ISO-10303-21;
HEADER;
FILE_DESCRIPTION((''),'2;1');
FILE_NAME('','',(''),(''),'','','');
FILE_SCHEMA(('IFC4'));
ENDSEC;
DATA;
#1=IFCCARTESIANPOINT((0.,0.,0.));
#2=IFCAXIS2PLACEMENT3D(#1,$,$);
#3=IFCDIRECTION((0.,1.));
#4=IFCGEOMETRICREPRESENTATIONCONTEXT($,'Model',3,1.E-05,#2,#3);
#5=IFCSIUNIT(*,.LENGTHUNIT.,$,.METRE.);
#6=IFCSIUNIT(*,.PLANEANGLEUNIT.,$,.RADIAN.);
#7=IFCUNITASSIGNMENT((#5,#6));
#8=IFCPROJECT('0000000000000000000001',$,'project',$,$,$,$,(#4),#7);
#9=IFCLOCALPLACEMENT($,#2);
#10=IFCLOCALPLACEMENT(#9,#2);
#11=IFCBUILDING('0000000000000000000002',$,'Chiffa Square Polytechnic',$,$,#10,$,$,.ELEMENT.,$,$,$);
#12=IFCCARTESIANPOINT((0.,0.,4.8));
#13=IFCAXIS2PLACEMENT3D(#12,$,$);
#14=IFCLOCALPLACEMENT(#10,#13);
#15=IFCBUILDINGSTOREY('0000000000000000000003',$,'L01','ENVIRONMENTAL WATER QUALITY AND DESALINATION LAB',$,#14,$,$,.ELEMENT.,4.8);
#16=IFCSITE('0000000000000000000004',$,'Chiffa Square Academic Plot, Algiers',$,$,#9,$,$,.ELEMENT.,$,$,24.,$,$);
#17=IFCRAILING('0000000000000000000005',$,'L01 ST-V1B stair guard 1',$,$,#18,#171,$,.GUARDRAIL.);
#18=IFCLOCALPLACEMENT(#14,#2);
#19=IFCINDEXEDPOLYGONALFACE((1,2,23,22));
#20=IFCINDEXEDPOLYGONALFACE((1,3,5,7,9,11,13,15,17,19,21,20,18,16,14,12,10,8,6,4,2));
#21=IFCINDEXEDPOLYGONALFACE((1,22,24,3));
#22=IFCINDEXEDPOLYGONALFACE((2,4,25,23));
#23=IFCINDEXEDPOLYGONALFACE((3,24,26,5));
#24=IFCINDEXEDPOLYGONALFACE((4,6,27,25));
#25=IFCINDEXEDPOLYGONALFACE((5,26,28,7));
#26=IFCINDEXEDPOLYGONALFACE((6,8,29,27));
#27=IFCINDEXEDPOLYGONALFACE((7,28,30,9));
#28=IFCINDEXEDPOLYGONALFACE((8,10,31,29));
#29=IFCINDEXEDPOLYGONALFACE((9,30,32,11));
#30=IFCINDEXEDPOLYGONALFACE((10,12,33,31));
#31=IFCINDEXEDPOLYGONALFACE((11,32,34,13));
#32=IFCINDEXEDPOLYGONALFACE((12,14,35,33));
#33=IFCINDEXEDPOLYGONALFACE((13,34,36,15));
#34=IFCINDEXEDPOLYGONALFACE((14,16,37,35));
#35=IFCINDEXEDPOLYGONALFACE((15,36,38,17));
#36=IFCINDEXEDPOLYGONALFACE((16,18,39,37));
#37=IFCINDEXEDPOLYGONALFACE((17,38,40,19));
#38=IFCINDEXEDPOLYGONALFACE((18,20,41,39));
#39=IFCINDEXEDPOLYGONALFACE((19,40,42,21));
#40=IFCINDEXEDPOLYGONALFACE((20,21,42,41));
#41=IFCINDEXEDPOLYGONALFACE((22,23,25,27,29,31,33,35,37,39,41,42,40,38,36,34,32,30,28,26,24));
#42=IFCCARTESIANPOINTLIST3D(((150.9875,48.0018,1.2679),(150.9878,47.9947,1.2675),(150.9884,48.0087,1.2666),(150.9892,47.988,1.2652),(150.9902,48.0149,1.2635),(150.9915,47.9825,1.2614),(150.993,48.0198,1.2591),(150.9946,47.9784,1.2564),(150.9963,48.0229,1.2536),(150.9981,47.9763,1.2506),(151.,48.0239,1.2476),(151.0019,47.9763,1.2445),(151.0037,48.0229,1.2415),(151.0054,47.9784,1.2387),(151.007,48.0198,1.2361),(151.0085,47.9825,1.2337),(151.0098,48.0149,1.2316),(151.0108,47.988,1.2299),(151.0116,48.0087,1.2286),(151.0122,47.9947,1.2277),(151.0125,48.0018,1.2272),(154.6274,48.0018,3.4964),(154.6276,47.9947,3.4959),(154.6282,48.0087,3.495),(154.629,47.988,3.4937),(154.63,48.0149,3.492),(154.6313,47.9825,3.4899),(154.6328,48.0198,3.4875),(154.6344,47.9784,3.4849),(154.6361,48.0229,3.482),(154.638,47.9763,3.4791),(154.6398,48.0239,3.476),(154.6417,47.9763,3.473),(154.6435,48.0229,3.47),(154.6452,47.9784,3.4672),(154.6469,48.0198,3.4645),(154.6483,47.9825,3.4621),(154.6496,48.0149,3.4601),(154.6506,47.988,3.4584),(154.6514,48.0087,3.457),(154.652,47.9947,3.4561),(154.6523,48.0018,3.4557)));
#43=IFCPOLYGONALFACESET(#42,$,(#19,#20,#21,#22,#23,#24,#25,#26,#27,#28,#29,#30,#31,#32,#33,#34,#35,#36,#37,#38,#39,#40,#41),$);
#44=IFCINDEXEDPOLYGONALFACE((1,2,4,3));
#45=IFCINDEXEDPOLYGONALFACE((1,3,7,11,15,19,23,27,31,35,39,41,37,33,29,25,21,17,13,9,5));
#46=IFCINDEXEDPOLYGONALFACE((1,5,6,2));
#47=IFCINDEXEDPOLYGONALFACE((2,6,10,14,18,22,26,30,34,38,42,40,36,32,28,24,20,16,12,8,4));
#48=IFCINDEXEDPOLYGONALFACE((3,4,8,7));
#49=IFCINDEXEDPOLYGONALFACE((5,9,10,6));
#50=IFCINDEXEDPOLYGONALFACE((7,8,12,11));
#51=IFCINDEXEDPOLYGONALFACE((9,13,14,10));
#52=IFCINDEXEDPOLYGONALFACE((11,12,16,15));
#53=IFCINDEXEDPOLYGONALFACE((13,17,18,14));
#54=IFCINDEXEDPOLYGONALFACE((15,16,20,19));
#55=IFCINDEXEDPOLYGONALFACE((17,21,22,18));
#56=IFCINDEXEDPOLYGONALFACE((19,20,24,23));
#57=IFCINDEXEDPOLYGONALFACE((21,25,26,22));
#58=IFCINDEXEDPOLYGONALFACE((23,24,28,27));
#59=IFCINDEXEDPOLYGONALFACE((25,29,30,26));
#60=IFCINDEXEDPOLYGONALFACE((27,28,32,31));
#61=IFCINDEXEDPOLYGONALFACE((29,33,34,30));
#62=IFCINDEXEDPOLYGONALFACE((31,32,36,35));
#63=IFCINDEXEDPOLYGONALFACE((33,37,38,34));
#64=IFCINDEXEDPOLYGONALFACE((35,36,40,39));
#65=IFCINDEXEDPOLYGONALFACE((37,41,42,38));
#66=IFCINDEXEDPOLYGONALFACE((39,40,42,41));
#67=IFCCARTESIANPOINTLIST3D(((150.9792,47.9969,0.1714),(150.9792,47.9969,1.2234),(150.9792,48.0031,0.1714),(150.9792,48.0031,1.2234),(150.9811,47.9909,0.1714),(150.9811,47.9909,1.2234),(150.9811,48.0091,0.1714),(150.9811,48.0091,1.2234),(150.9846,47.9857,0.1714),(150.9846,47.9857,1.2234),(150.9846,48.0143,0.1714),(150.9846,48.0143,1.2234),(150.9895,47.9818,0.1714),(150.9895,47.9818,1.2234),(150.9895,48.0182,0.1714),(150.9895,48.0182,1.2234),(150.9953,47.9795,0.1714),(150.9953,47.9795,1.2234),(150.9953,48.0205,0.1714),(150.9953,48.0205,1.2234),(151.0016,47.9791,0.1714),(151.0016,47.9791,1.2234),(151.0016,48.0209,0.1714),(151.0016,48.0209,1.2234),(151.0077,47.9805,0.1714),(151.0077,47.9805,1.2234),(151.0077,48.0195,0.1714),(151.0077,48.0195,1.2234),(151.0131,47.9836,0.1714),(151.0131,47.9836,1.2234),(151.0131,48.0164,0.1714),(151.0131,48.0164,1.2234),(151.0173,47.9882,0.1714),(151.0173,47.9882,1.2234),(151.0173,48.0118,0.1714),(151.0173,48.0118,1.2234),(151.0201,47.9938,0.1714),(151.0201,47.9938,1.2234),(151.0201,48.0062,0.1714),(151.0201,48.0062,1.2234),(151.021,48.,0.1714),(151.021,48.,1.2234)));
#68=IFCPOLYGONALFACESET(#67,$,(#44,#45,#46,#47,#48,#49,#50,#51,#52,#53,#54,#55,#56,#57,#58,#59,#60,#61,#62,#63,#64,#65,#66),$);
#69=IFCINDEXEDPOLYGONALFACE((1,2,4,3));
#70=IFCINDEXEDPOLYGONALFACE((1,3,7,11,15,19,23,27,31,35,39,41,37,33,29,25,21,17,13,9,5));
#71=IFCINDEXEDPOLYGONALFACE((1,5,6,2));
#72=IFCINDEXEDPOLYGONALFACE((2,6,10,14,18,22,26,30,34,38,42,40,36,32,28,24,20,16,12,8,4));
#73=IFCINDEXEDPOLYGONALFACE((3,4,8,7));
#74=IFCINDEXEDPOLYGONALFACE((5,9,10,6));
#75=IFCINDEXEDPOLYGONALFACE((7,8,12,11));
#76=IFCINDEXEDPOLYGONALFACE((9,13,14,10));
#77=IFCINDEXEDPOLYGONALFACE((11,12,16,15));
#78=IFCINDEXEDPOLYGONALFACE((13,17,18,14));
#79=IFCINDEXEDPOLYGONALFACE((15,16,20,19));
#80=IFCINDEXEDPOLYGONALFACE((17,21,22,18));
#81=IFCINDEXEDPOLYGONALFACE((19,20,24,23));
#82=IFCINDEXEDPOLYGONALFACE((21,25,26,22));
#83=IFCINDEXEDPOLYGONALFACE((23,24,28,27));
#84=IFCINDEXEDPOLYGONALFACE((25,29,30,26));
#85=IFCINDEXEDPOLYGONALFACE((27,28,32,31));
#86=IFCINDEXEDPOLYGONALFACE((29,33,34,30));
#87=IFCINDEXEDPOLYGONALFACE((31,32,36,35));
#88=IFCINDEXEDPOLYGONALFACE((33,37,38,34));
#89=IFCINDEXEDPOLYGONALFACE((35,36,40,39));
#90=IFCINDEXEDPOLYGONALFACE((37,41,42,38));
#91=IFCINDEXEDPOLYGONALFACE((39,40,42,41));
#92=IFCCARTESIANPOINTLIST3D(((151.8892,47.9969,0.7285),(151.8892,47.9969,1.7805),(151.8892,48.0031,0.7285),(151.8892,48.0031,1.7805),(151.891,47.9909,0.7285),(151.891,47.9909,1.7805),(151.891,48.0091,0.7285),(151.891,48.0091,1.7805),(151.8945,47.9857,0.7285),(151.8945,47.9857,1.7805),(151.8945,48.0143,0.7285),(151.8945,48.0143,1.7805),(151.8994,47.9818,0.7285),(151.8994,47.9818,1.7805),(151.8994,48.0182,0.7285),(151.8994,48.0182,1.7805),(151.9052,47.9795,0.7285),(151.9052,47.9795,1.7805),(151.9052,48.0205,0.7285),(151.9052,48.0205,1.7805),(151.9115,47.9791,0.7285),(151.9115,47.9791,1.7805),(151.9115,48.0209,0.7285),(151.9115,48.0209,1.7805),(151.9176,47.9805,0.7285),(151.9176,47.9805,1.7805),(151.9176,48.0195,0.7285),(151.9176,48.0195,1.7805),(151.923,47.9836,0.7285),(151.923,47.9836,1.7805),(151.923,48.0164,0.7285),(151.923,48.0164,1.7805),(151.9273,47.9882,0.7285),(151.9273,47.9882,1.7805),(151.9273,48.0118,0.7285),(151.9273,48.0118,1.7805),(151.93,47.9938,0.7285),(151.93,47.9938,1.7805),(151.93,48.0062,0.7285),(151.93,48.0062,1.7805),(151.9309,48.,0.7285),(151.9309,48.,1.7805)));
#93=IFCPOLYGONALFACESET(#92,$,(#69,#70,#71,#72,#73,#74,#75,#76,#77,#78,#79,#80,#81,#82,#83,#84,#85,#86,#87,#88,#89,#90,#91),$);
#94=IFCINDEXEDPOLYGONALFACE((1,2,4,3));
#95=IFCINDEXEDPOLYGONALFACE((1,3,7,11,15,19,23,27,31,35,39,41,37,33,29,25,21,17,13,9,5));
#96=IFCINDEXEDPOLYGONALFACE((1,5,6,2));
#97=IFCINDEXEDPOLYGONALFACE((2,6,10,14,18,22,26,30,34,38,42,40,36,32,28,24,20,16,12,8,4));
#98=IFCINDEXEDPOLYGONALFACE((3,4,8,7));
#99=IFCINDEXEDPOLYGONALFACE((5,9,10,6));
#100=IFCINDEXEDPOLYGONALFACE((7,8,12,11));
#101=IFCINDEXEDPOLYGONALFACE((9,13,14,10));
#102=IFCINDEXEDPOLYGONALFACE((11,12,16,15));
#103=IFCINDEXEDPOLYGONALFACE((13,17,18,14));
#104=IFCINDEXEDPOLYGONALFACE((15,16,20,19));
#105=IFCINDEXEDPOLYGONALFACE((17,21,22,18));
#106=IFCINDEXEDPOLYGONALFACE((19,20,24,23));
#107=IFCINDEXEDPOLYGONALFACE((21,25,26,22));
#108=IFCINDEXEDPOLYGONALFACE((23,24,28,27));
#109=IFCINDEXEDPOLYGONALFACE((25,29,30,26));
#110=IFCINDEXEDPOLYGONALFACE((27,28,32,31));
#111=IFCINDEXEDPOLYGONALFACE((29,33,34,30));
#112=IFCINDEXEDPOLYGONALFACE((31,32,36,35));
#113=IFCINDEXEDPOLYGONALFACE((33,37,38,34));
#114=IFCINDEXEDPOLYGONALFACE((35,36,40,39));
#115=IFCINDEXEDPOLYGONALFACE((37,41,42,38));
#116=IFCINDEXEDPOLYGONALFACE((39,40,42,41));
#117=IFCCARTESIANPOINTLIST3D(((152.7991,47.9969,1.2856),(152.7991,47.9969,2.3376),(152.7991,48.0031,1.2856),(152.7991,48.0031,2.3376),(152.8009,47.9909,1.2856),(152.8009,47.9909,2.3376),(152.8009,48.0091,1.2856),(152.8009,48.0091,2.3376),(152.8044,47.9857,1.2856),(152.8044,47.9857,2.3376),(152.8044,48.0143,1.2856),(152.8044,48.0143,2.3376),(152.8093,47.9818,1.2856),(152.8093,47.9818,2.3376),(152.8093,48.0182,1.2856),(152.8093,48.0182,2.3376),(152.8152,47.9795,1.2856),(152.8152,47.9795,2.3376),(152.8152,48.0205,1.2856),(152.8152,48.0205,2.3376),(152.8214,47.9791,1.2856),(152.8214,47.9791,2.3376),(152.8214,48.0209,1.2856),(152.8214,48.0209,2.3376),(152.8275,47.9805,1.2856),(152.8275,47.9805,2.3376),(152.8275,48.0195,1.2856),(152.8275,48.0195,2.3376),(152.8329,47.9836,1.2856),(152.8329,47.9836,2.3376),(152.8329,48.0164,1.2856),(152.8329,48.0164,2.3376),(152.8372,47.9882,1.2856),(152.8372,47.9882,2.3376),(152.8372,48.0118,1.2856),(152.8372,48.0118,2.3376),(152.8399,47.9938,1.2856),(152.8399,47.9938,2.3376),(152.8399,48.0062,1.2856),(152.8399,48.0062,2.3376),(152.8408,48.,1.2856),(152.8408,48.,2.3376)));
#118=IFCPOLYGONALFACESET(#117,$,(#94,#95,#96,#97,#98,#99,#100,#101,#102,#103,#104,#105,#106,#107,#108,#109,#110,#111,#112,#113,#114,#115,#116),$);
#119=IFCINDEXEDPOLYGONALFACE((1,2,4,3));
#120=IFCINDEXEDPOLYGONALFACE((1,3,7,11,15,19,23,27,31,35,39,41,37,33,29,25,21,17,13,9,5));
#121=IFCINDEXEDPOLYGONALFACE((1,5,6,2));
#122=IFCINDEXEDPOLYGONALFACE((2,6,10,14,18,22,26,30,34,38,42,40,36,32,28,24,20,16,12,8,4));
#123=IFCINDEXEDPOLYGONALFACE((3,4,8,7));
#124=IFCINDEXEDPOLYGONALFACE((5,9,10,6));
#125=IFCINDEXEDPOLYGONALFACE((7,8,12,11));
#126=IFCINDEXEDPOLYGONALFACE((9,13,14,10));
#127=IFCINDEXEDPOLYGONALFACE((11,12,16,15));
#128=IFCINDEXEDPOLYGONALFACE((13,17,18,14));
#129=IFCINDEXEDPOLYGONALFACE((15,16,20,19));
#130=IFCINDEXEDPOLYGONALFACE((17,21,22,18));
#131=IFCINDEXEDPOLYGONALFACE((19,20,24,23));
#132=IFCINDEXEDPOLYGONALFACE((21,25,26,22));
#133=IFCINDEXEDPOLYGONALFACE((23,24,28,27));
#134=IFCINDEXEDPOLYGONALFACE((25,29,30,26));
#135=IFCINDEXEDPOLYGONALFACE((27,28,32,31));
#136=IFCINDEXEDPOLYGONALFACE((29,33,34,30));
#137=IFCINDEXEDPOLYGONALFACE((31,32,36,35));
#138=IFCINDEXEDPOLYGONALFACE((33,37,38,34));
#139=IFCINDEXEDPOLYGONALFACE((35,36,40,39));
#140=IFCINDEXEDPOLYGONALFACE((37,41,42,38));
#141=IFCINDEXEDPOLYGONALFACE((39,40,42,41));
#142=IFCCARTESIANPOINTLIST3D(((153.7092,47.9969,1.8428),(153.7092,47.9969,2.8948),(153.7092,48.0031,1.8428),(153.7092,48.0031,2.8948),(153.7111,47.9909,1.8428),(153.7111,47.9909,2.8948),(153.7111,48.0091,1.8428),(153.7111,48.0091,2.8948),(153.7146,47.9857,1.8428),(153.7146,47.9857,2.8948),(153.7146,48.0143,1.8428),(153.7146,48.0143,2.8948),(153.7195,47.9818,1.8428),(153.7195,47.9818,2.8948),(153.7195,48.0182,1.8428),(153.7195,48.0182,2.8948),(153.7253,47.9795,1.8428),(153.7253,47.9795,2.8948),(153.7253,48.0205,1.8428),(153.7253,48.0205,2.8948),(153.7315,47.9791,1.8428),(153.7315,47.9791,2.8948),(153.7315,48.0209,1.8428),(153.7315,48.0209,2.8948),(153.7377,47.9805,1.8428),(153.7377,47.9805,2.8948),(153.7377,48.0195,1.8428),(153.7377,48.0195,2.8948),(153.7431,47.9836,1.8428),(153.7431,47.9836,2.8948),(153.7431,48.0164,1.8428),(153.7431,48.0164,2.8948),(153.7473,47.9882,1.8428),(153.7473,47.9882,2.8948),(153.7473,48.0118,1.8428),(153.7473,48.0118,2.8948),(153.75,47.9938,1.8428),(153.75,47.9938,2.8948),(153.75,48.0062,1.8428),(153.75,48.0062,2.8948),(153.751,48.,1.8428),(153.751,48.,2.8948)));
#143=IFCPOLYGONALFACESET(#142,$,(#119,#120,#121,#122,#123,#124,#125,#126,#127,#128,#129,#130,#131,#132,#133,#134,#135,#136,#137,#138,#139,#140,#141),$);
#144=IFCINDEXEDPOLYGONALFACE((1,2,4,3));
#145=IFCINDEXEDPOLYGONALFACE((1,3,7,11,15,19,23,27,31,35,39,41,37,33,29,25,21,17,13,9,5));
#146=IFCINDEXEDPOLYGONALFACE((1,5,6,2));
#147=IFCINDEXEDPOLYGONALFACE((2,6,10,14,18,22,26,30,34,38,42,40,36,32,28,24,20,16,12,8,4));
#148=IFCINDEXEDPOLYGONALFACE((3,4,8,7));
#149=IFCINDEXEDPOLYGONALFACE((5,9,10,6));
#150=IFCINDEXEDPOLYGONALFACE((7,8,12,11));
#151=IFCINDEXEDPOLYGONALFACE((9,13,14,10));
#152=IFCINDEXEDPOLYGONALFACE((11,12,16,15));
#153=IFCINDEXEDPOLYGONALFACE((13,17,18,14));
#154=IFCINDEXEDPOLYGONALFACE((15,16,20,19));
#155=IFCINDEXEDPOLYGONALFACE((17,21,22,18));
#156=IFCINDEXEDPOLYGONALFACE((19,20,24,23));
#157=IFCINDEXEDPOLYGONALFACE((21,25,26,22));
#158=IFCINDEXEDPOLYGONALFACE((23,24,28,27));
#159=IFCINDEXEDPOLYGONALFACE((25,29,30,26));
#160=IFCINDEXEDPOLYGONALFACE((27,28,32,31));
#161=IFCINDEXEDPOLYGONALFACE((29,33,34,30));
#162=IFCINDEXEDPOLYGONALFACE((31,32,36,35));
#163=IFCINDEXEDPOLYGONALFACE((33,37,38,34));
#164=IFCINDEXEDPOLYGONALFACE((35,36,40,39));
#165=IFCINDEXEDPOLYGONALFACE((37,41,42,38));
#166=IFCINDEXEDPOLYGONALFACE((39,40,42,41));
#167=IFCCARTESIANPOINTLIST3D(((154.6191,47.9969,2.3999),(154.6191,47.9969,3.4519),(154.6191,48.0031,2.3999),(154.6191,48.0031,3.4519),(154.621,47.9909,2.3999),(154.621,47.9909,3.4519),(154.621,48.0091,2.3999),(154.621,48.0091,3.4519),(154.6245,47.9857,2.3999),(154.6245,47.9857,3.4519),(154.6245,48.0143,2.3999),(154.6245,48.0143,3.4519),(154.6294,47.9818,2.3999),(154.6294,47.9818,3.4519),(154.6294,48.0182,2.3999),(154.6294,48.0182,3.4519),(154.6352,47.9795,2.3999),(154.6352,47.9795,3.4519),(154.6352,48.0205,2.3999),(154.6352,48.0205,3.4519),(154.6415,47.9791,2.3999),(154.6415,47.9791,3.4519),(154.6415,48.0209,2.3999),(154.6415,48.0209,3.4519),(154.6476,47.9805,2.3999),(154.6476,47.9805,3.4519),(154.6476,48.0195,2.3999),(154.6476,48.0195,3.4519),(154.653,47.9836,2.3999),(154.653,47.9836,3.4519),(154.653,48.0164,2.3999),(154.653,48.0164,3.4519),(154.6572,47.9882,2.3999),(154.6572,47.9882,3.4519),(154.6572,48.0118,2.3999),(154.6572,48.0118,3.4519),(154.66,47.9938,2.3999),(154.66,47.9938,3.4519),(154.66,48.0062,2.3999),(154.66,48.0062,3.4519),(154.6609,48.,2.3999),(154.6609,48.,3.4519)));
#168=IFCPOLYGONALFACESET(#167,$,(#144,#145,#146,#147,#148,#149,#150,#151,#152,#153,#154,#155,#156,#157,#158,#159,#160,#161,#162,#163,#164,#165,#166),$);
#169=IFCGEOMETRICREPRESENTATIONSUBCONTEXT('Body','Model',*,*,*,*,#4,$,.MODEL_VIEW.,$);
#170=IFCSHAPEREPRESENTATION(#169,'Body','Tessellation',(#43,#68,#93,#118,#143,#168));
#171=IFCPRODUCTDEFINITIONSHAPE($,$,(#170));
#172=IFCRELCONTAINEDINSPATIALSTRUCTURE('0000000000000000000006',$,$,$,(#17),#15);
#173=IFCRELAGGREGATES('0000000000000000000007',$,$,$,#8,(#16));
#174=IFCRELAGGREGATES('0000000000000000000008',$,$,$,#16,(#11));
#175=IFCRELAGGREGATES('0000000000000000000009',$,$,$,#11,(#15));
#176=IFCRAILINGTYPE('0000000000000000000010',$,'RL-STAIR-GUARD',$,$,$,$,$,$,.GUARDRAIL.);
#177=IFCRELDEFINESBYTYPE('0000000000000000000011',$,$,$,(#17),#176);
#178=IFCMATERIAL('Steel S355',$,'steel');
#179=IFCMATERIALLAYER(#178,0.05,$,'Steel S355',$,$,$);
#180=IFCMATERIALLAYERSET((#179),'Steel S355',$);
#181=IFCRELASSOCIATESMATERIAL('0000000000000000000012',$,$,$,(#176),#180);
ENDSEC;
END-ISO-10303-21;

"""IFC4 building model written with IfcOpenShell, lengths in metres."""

from ifc_helpers import new_model, si_unit, direction, frame, origin, origin_2d, place, context, subcontext, project, spatial, circle, extrude, material, layer, layer_set, type_object, element, save


model = new_model("IFC4")

# Units and contexts
model_context = context("Model", 3, precision=1e-05, world=origin(), true_north=direction((0.0, 1.0)))
body_context = subcontext(model_context, "Body", "Model", "MODEL_VIEW")
ifc_project = project(units=[si_unit("LENGTHUNIT", "METRE"), si_unit("PLANEANGLEUNIT", "RADIAN")], contexts=[model_context])

# Site, building, storey
site_placement = place(None, origin())
site = spatial("IfcSite", under=ifc_project, at=site_placement, Name="Chiffa Square Academic Plot, Algiers", CompositionType="ELEMENT", RefElevation=24.0)
building_placement = place(site_placement, origin())
building = spatial("IfcBuilding", under=site, at=building_placement, Name="Chiffa Square Polytechnic", CompositionType="ELEMENT")
storey_placement = place(building_placement, frame((0.0, 0.0, 4.8)))
storey = spatial("IfcBuildingStorey", under=building, at=storey_placement, Name="L01", Description="ENVIRONMENTAL WATER QUALITY AND DESALINATION LAB", CompositionType="ELEMENT", Elevation=4.8)

# Railing
ifc_material_1 = material(Name="Steel S355", Category="steel")
ifc_layer_1 = layer(ifc_material_1, 0.05, Name="Steel S355")
ifc_layer_set_1 = layer_set([ifc_layer_1], Name="Steel S355")
railing_type_1 = type_object("IfcRailingType", Name="RL-STAIR-GUARD", PredefinedType="GUARDRAIL", material=ifc_layer_set_1)
railing_1_placement = place(storey_placement, frame((151.0, 48.0, 0.1714)))
element("IfcRailing", 1, at=railing_1_placement, inside=storey, type_object=railing_type_1, Name="L01 ST-V1B stair guard 1", PredefinedType="GUARDRAIL", context=body_context, shape_type="SweptSolid", body=[
    extrude(circle(Radius=0.0239, at=origin_2d()), frame((0.0, 0.0, 1.0762), z_axis=(0.85285, 0.0, 0.522156), x_axis=(0.0, 1.0, 0.0)), (0.0, 0.0, 1.0), 4.2678),
    extrude(circle(Radius=0.021, at=origin_2d()), origin(), (0.0, 0.0, 1.0), 1.052),
    extrude(circle(Radius=0.021, at=origin_2d()), frame((0.9099, 0.0, 0.5571)), (0.0, 0.0, 1.0), 1.052),
    extrude(circle(Radius=0.021, at=origin_2d()), frame((1.8198, 0.0, 1.1143)), (0.0, 0.0, 1.0), 1.052),
    extrude(circle(Radius=0.021, at=origin_2d()), frame((2.73, 0.0, 1.6714)), (0.0, 0.0, 1.0), 1.052),
    extrude(circle(Radius=0.021, at=origin_2d()), frame((3.6399, 0.0, 2.2285)), (0.0, 0.0, 1.0), 1.052),
])

save(model, "model.ifc")
